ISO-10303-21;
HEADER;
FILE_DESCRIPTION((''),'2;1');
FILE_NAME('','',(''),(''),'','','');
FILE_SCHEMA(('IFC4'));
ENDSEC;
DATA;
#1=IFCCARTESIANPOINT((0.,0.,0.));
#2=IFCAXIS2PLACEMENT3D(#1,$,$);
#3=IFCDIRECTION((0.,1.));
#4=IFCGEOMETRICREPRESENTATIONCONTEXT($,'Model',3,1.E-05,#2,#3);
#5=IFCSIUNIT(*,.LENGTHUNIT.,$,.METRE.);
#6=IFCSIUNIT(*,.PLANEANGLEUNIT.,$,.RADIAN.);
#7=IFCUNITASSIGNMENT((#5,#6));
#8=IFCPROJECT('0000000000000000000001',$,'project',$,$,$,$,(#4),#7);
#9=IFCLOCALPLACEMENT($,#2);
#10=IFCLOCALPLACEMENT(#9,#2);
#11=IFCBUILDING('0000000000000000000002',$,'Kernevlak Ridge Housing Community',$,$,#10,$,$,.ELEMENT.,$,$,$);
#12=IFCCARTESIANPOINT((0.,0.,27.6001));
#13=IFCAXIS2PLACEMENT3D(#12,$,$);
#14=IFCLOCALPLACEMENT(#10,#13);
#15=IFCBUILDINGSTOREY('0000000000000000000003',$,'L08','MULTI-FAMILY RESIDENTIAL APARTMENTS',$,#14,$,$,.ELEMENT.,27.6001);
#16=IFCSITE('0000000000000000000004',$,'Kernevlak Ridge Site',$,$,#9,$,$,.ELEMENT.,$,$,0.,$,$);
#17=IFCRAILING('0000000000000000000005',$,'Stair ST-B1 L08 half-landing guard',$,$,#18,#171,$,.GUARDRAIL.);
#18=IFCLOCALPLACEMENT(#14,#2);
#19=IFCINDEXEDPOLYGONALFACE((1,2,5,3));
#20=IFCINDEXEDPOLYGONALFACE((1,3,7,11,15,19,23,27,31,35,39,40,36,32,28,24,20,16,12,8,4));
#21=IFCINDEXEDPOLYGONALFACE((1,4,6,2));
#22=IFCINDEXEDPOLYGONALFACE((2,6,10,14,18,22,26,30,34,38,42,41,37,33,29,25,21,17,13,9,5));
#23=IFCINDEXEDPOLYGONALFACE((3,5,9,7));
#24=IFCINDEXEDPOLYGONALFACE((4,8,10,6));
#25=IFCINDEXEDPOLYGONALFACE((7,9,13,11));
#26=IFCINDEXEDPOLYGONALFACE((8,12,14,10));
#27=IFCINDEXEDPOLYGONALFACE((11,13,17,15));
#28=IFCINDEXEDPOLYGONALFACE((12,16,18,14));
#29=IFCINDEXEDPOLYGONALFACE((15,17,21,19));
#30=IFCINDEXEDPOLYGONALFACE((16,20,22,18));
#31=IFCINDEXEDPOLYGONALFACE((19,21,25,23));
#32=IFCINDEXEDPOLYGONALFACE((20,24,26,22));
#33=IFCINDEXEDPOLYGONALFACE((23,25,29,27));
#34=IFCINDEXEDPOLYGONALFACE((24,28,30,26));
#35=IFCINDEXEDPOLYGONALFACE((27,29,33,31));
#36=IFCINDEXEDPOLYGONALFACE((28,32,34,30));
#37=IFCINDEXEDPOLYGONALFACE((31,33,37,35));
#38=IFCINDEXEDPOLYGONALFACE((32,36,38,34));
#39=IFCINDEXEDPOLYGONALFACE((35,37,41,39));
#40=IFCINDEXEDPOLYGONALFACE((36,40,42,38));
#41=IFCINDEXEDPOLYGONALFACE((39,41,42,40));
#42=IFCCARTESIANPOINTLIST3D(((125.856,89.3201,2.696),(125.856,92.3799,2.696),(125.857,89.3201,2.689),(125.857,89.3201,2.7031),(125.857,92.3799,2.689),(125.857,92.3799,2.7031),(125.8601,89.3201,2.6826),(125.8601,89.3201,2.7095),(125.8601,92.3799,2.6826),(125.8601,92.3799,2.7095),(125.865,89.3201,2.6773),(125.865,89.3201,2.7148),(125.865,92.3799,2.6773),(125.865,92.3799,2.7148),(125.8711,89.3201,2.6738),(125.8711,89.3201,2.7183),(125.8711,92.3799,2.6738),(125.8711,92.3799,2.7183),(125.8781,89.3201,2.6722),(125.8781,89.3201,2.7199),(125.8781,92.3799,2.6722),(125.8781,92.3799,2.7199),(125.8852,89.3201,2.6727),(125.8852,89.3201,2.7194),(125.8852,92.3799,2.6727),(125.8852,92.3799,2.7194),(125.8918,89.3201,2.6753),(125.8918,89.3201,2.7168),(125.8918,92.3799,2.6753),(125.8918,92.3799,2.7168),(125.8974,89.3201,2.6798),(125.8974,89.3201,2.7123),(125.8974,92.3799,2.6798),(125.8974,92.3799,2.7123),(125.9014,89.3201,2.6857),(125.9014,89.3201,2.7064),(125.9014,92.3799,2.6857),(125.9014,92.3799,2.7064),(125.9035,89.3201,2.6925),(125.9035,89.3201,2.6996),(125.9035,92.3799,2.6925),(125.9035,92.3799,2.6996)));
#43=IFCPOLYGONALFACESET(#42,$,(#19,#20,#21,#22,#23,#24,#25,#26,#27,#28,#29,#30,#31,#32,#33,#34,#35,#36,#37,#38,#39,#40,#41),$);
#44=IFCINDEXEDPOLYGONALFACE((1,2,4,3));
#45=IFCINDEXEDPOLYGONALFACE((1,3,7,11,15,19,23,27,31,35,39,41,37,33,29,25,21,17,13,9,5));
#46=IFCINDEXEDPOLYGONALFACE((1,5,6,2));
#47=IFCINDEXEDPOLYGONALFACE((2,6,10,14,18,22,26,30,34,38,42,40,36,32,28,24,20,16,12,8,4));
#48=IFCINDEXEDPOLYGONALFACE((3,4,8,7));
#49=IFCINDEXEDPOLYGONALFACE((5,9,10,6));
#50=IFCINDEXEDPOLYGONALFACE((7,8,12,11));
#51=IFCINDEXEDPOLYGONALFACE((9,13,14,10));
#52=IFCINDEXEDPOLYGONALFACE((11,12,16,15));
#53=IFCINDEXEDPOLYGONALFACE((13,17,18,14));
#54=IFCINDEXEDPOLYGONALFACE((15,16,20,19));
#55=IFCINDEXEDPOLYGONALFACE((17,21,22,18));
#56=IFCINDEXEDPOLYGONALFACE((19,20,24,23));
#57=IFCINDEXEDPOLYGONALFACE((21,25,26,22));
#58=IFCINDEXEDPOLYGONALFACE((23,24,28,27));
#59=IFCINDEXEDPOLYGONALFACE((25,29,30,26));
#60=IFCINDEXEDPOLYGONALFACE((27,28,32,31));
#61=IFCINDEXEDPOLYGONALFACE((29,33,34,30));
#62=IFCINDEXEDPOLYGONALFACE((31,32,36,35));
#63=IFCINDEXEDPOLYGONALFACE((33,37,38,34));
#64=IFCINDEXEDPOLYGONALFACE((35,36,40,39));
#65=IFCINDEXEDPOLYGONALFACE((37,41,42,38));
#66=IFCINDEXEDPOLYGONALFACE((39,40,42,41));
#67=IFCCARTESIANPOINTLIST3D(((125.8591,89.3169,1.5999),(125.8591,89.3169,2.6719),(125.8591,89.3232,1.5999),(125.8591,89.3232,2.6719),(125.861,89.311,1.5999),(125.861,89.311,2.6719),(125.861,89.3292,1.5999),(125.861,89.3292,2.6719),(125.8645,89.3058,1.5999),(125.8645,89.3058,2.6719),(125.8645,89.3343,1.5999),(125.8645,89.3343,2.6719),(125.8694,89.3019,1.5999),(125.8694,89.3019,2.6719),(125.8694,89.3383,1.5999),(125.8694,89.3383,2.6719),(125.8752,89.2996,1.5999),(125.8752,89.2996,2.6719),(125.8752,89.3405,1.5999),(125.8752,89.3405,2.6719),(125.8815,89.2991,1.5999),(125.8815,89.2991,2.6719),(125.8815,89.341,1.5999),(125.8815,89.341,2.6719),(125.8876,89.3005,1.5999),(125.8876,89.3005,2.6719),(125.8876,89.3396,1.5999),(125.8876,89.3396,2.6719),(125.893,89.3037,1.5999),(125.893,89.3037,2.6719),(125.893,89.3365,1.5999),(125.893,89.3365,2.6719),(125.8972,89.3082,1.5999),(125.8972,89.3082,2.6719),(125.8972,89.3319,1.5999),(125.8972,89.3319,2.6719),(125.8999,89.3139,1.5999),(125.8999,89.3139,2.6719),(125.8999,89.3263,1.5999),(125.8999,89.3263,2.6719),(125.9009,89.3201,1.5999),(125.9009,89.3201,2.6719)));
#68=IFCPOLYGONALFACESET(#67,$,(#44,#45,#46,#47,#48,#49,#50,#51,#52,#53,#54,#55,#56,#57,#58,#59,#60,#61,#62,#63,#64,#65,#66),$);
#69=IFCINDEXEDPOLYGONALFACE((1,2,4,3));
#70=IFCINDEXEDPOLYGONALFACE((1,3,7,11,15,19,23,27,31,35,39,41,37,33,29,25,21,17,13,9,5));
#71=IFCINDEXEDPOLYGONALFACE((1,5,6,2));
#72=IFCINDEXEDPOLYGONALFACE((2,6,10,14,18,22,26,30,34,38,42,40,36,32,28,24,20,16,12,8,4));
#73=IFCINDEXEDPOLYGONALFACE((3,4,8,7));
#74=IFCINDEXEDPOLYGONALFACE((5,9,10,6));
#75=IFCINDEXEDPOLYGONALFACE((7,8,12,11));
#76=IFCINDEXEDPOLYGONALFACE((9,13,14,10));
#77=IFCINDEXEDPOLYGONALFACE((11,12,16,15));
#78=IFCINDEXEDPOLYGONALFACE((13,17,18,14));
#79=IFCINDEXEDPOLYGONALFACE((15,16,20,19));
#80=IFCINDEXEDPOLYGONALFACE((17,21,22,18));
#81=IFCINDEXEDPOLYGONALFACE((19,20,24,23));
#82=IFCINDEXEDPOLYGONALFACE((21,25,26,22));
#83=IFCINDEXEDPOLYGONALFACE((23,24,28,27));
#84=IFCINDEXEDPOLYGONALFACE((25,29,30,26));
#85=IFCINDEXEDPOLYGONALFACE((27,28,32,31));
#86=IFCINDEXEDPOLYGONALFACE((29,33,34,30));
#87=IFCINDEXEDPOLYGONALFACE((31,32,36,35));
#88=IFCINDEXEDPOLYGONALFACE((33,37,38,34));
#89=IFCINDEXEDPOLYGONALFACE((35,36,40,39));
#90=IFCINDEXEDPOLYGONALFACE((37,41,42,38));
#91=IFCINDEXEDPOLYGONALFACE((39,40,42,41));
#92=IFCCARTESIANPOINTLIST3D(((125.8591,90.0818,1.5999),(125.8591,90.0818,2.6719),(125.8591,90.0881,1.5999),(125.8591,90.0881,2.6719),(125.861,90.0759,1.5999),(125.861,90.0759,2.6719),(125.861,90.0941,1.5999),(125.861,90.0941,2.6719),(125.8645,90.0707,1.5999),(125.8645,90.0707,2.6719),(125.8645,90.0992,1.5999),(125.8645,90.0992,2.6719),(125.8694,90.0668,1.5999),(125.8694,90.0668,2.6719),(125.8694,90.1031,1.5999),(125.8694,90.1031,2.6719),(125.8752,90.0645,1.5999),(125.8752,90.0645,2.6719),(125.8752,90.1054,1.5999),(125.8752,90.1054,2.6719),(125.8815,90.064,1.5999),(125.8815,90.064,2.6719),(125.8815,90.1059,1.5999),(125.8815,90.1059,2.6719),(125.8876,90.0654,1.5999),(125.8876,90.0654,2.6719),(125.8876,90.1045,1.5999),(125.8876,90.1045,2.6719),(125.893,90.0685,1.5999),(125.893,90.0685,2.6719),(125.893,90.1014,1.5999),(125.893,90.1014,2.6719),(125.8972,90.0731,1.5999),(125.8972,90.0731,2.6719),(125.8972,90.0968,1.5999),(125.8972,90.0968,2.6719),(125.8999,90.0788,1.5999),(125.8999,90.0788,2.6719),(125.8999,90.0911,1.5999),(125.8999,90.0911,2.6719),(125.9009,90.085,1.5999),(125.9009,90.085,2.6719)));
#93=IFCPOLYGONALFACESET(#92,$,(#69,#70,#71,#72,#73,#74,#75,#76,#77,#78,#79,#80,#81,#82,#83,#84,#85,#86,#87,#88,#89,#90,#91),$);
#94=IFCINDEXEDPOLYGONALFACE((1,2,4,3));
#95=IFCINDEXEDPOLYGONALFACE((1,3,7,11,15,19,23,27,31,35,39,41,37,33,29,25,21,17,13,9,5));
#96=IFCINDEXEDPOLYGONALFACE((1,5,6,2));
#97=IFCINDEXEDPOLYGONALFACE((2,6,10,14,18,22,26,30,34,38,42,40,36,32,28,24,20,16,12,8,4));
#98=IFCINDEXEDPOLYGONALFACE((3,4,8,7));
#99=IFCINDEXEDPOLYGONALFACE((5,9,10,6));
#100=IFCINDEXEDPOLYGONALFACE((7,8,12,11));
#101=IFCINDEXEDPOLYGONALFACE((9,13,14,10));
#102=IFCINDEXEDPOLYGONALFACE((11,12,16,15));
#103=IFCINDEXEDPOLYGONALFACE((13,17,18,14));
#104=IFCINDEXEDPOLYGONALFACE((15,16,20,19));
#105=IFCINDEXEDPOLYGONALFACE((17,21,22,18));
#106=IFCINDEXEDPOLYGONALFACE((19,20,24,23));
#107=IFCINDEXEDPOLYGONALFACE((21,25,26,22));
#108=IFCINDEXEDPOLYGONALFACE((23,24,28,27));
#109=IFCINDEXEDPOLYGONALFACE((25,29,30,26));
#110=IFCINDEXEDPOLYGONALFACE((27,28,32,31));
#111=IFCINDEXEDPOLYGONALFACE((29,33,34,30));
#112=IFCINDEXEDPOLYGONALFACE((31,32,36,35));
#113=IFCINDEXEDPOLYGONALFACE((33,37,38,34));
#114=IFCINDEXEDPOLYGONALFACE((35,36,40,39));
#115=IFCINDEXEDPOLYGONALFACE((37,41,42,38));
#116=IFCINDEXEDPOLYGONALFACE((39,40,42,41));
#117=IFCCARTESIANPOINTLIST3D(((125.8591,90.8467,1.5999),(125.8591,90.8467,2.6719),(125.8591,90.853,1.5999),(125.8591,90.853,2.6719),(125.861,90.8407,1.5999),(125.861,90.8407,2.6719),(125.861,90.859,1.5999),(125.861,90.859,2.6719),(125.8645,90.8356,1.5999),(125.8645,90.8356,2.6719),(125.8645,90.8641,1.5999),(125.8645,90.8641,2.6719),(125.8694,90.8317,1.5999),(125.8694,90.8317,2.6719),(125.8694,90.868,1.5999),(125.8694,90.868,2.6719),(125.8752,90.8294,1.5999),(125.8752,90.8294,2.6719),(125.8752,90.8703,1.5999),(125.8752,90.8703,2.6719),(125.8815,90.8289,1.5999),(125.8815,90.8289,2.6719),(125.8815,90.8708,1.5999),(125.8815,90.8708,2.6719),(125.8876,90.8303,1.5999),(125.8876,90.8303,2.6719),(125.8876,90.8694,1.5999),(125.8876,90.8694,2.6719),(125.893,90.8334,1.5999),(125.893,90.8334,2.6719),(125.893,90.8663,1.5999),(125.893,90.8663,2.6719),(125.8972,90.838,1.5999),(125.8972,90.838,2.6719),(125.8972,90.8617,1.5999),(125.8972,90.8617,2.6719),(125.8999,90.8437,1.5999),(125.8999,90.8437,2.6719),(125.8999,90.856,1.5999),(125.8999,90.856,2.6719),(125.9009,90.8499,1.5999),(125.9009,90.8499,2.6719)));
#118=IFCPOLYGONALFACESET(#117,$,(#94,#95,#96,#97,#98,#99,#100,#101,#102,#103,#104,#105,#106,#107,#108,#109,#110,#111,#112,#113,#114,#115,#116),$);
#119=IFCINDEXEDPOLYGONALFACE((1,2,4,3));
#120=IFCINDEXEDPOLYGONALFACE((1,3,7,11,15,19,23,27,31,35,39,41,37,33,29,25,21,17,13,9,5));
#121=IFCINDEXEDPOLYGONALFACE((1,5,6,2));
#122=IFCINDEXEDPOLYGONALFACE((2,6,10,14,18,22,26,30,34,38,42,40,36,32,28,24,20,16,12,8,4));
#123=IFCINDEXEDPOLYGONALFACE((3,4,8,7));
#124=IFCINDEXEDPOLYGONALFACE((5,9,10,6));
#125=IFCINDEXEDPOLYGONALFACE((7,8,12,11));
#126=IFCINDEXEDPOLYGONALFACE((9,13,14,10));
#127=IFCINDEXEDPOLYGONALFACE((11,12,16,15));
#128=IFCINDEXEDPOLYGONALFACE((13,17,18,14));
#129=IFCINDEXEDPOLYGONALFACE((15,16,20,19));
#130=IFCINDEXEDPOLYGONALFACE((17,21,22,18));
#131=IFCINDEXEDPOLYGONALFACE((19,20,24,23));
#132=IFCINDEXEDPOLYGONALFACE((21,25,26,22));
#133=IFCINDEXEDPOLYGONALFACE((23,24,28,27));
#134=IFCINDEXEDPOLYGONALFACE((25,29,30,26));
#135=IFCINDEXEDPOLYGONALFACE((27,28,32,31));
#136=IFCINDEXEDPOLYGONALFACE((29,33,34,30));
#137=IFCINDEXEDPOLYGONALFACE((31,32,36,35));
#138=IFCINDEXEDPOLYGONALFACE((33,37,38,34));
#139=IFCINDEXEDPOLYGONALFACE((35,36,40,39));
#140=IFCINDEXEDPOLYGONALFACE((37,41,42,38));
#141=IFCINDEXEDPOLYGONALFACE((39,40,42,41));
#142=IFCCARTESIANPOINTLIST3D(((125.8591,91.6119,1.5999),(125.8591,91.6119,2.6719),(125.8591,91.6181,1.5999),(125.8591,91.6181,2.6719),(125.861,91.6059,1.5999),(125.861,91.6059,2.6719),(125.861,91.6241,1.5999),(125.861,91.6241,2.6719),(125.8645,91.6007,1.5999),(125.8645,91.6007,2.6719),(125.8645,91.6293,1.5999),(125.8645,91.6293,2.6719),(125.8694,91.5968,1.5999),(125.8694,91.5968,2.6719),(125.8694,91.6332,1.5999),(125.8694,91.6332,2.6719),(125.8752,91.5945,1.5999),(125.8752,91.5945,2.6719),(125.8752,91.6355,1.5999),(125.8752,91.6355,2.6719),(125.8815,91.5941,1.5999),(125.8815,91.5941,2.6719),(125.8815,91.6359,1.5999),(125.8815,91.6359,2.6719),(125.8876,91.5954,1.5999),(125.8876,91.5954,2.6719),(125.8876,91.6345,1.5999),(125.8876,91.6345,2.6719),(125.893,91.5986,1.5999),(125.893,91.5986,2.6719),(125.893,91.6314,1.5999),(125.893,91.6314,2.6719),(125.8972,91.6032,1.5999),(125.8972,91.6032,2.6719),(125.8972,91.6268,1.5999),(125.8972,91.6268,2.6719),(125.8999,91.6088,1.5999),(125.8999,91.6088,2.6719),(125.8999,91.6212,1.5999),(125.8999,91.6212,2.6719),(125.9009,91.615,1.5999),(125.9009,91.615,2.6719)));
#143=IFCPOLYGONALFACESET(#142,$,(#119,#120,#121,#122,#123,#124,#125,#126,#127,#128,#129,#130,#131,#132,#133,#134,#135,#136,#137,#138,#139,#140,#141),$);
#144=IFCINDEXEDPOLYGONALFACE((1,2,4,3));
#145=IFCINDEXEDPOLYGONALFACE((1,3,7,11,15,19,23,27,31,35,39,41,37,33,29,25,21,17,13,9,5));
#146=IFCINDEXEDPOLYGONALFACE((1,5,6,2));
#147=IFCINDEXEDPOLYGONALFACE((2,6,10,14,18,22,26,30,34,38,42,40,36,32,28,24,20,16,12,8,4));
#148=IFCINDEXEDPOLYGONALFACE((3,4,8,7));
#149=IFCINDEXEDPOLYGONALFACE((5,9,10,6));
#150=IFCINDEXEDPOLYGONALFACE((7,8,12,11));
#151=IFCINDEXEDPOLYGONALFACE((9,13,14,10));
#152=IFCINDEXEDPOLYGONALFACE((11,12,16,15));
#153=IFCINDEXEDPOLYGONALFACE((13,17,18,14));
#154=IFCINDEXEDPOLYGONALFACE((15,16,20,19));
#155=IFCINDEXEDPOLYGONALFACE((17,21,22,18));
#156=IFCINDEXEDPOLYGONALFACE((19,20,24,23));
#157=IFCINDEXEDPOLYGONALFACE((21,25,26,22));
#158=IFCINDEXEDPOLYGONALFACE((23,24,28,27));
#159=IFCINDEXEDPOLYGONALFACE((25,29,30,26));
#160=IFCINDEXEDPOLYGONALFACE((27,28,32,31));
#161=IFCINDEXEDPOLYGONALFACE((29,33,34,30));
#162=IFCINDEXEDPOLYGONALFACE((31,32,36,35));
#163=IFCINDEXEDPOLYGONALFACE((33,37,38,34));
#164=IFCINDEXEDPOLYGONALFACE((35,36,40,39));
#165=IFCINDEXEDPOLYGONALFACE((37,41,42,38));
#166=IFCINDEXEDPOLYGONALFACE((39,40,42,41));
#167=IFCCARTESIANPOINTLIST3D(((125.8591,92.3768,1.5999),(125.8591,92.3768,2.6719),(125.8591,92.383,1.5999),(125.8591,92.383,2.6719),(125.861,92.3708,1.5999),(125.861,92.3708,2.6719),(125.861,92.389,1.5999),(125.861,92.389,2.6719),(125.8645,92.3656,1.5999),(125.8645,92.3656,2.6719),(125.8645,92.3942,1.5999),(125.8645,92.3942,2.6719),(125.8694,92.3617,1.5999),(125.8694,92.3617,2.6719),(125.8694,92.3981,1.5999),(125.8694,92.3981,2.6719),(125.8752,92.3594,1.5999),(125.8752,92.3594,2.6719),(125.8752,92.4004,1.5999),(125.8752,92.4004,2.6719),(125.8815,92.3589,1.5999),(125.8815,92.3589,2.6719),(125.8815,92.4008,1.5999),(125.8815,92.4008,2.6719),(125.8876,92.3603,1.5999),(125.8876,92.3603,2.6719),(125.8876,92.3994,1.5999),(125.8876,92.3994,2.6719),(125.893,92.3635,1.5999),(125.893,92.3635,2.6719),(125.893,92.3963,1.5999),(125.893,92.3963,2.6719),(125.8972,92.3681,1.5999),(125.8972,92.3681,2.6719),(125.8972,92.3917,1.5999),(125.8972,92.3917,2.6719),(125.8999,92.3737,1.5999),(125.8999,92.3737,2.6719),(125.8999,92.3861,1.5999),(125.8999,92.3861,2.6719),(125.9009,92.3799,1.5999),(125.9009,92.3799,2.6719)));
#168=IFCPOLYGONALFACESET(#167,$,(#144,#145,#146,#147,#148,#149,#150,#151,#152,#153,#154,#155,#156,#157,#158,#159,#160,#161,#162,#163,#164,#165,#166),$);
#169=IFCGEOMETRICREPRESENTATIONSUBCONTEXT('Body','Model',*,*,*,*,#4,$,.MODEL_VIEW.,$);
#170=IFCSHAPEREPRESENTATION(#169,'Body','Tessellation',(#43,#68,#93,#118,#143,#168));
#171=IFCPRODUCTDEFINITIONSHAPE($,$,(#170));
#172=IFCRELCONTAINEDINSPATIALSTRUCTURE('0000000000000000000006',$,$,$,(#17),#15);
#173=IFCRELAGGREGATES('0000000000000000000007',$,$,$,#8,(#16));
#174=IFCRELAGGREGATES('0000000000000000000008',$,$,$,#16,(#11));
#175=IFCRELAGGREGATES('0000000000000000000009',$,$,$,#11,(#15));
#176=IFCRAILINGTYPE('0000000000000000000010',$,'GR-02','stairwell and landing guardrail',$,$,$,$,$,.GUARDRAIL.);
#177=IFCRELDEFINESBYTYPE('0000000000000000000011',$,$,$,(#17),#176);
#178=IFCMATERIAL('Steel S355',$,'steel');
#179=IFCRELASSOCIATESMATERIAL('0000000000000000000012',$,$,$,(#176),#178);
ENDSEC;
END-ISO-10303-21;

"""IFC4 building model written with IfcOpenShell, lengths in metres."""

from ifc_helpers import new_model, si_unit, direction, frame, origin, origin_2d, place, context, subcontext, project, spatial, circle, extrude, material, type_object, element, save


model = new_model("IFC4")

# Units and contexts
model_context = context("Model", 3, precision=1e-05, world=origin(), true_north=direction((0.0, 1.0)))
body_context = subcontext(model_context, "Body", "Model", "MODEL_VIEW")
ifc_project = project(units=[si_unit("LENGTHUNIT", "METRE"), si_unit("PLANEANGLEUNIT", "RADIAN")], contexts=[model_context])

# Site, building, storey
site_placement = place(None, origin())
site = spatial("IfcSite", under=ifc_project, at=site_placement, Name="Kernevlak Ridge Site", CompositionType="ELEMENT", RefElevation=0.0)
building_placement = place(site_placement, origin())
building = spatial("IfcBuilding", under=site, at=building_placement, Name="Kernevlak Ridge Housing Community", CompositionType="ELEMENT")
storey_placement = place(building_placement, frame((0.0, 0.0, 27.6001)))
storey = spatial("IfcBuildingStorey", under=building, at=storey_placement, Name="L08", Description="MULTI-FAMILY RESIDENTIAL APARTMENTS", CompositionType="ELEMENT", Elevation=27.6001)

# Railing
ifc_material_1 = material(Name="Steel S355", Category="steel")
railing_type = type_object("IfcRailingType", Name="GR-02", Description="stairwell and landing guardrail", PredefinedType="GUARDRAIL", material=ifc_material_1)
railing_placement = place(storey_placement, frame((125.8799, 89.3201, 1.5999)))
element("IfcRailing", 1, at=railing_placement, inside=storey, type_object=railing_type, Name="Stair ST-B1 L08 half-landing guard", PredefinedType="GUARDRAIL", context=body_context, shape_type="SweptSolid", body=[
    extrude(circle(Radius=0.0239, at=origin_2d()), frame((0.0, 0.0, 1.0962), z_axis=(0.0, 1.0, 0.0), x_axis=(-1.0, 0.0, 0.0)), (0.0, 0.0, 1.0), 3.0598),
    extrude(circle(Radius=0.021, at=origin_2d()), origin(), (0.0, 0.0, 1.0), 1.072),
    extrude(circle(Radius=0.021, at=origin_2d()), frame((0.0, 0.7649, 0.0)), (0.0, 0.0, 1.0), 1.072),
    extrude(circle(Radius=0.021, at=origin_2d()), frame((0.0, 1.5298, 0.0)), (0.0, 0.0, 1.0), 1.072),
    extrude(circle(Radius=0.021, at=origin_2d()), frame((0.0, 2.2949, 0.0)), (0.0, 0.0, 1.0), 1.072),
    extrude(circle(Radius=0.021, at=origin_2d()), frame((0.0, 3.0598, 0.0)), (0.0, 0.0, 1.0), 1.072),
])

save(model, "model.ifc")
